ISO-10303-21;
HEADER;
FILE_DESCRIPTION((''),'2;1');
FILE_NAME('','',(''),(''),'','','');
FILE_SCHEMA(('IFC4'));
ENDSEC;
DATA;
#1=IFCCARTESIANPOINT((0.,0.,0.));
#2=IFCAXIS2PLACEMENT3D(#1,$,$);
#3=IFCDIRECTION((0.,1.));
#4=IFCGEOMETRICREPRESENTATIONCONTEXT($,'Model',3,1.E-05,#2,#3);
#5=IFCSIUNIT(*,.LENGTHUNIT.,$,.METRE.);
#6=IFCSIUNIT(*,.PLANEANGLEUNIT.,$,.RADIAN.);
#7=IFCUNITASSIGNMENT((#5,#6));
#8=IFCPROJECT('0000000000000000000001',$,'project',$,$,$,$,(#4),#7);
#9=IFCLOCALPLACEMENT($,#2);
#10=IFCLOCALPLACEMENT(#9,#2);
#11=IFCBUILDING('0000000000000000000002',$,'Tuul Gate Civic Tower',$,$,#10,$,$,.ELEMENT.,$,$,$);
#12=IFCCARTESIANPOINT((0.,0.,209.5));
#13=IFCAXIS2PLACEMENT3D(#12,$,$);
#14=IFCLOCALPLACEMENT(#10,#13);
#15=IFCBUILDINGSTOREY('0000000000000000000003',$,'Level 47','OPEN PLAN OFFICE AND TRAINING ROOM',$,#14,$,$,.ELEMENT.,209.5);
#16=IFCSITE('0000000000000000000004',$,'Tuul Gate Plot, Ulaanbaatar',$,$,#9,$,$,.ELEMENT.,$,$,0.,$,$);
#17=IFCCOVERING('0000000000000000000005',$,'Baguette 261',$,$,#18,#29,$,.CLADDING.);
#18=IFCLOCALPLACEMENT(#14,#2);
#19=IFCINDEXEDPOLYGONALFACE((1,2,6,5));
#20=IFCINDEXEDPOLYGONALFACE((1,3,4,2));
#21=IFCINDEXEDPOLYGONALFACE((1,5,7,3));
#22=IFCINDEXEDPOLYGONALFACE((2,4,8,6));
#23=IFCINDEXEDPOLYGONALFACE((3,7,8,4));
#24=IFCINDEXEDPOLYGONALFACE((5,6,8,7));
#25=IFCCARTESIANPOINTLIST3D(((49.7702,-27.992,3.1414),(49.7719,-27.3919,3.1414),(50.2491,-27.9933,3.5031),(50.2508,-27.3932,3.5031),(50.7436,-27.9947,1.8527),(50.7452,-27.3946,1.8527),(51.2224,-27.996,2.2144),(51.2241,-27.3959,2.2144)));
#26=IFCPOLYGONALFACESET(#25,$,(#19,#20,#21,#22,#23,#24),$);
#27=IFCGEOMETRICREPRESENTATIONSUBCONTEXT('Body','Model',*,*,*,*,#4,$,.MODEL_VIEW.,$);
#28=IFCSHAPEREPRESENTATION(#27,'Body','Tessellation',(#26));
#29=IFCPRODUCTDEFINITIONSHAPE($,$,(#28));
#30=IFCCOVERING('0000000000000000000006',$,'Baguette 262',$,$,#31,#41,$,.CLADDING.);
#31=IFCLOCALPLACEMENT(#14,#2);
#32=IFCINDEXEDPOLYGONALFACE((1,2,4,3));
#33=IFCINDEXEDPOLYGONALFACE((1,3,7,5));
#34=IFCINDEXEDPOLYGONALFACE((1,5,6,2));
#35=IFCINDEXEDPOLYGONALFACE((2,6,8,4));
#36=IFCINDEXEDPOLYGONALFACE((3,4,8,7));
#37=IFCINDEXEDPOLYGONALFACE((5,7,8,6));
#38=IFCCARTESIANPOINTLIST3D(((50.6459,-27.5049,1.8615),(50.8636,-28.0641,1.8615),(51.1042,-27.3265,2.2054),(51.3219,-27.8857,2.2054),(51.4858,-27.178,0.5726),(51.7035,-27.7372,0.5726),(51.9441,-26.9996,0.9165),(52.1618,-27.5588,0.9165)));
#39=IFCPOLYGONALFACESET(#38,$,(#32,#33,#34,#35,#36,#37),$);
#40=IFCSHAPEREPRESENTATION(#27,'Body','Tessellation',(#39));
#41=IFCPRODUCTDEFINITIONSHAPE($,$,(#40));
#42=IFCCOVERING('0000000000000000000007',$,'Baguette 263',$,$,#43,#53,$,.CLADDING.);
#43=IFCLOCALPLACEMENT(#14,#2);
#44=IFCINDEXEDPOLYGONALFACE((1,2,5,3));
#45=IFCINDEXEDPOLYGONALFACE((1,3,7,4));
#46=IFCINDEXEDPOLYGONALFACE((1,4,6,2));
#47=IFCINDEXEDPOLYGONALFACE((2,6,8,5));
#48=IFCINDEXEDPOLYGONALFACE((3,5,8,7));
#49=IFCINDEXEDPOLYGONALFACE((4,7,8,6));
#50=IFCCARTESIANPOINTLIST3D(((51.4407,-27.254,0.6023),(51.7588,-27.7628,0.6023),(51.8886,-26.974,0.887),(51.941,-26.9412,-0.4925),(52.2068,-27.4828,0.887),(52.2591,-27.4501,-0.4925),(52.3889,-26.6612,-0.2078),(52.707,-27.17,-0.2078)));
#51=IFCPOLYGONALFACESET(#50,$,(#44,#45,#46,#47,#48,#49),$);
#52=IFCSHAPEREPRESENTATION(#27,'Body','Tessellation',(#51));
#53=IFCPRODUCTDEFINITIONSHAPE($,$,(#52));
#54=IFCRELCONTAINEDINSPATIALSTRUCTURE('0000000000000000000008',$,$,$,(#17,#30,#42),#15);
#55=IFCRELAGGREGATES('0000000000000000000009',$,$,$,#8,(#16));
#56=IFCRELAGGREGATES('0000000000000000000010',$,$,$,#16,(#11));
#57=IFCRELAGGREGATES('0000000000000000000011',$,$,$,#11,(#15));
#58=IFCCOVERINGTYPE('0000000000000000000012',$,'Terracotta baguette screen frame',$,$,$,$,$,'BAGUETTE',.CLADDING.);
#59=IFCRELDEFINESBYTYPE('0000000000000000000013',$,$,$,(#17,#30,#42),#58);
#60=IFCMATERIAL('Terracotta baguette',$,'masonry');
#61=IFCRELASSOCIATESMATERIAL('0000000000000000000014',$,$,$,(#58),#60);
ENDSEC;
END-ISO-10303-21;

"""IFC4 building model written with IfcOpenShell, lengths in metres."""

from ifc_helpers import new_model, si_unit, direction, frame, origin, origin_2d, place, context, subcontext, project, spatial, rectangle, extrude, material, material_profile, profile_set, type_object, element, save


model = new_model("IFC4")

# Units and contexts
model_context = context("Model", 3, precision=1e-05, world=origin(), true_north=direction((0.0, 1.0)))
body_context = subcontext(model_context, "Body", "Model", "MODEL_VIEW")
ifc_project = project(units=[si_unit("LENGTHUNIT", "METRE"), si_unit("PLANEANGLEUNIT", "RADIAN")], contexts=[model_context])

# Site, building, storey
site_placement = place(None, origin())
site = spatial("IfcSite", under=ifc_project, at=site_placement, Name="Tuul Gate Plot, Ulaanbaatar", CompositionType="ELEMENT", RefElevation=0.0)
building_placement = place(site_placement, origin())
building = spatial("IfcBuilding", under=site, at=building_placement, Name="Tuul Gate Civic Tower", CompositionType="ELEMENT")
storey_placement = place(building_placement, frame((0.0, 0.0, 209.5)))
storey = spatial("IfcBuildingStorey", under=building, at=storey_placement, Name="Level 47", Description="OPEN PLAN OFFICE AND TRAINING ROOM", CompositionType="ELEMENT", Elevation=209.5)

# Coverings
ifc_material_1 = material(Name="Terracotta baguette", Category="masonry")
ifc_material_profile_1 = material_profile(ifc_material_1, rectangle(XDim=0.6001, YDim=0.6001, at=origin_2d()), Name="Terracotta baguette screen frame")
ifc_profile_set_1 = profile_set([ifc_material_profile_1], Name="Terracotta baguette")
covering_type = type_object("IfcCoveringType", Name="Terracotta baguette screen frame", ElementType="BAGUETTE", PredefinedType="CLADDING", material=ifc_profile_set_1)
covering_1_placement = place(storey_placement, frame((50.0105, -27.6926, 3.3223), z_axis=(0.60268, -0.001663, -0.797981), x_axis=(0.002759, 0.999996, 0.0)))
element("IfcCovering", 1, at=covering_1_placement, inside=storey, type_object=covering_type, Name="Baguette 261", PredefinedType="CLADDING", context=body_context, shape_type="SweptSolid", body=[
    extrude(rectangle(XDim=0.6001, YDim=0.6001, at=origin_2d()), origin(), (0.0, 0.0, 1.0), 1.615),
])
covering_2_placement = place(storey_placement, frame((50.9839, -27.6953, 2.0334), z_axis=(0.534028, 0.207867, -0.819515), x_axis=(-0.362734, 0.931893, 0.0)))
element("IfcCovering", 2, at=covering_2_placement, inside=storey, type_object=covering_type, Name="Baguette 262", PredefinedType="CLADDING", context=body_context, shape_type="SweptSolid", body=[
    extrude(rectangle(XDim=0.6001, YDim=0.6001, at=origin_2d()), origin(), (0.0, 0.0, 1.0), 1.5728),
])
covering_3_placement = place(storey_placement, frame((51.8237, -27.3684, 0.7446), z_axis=(0.402263, 0.251488, -0.880306), x_axis=(-0.530111, 0.847929, 0.0)))
element("IfcCovering", 3, at=covering_3_placement, inside=storey, type_object=covering_type, Name="Baguette 263", PredefinedType="CLADDING", context=body_context, shape_type="SweptSolid", body=[
    extrude(rectangle(XDim=0.6001, YDim=0.6001, at=origin_2d()), origin(), (0.0, 0.0, 1.0), 1.2437),
])

save(model, "model.ifc")
